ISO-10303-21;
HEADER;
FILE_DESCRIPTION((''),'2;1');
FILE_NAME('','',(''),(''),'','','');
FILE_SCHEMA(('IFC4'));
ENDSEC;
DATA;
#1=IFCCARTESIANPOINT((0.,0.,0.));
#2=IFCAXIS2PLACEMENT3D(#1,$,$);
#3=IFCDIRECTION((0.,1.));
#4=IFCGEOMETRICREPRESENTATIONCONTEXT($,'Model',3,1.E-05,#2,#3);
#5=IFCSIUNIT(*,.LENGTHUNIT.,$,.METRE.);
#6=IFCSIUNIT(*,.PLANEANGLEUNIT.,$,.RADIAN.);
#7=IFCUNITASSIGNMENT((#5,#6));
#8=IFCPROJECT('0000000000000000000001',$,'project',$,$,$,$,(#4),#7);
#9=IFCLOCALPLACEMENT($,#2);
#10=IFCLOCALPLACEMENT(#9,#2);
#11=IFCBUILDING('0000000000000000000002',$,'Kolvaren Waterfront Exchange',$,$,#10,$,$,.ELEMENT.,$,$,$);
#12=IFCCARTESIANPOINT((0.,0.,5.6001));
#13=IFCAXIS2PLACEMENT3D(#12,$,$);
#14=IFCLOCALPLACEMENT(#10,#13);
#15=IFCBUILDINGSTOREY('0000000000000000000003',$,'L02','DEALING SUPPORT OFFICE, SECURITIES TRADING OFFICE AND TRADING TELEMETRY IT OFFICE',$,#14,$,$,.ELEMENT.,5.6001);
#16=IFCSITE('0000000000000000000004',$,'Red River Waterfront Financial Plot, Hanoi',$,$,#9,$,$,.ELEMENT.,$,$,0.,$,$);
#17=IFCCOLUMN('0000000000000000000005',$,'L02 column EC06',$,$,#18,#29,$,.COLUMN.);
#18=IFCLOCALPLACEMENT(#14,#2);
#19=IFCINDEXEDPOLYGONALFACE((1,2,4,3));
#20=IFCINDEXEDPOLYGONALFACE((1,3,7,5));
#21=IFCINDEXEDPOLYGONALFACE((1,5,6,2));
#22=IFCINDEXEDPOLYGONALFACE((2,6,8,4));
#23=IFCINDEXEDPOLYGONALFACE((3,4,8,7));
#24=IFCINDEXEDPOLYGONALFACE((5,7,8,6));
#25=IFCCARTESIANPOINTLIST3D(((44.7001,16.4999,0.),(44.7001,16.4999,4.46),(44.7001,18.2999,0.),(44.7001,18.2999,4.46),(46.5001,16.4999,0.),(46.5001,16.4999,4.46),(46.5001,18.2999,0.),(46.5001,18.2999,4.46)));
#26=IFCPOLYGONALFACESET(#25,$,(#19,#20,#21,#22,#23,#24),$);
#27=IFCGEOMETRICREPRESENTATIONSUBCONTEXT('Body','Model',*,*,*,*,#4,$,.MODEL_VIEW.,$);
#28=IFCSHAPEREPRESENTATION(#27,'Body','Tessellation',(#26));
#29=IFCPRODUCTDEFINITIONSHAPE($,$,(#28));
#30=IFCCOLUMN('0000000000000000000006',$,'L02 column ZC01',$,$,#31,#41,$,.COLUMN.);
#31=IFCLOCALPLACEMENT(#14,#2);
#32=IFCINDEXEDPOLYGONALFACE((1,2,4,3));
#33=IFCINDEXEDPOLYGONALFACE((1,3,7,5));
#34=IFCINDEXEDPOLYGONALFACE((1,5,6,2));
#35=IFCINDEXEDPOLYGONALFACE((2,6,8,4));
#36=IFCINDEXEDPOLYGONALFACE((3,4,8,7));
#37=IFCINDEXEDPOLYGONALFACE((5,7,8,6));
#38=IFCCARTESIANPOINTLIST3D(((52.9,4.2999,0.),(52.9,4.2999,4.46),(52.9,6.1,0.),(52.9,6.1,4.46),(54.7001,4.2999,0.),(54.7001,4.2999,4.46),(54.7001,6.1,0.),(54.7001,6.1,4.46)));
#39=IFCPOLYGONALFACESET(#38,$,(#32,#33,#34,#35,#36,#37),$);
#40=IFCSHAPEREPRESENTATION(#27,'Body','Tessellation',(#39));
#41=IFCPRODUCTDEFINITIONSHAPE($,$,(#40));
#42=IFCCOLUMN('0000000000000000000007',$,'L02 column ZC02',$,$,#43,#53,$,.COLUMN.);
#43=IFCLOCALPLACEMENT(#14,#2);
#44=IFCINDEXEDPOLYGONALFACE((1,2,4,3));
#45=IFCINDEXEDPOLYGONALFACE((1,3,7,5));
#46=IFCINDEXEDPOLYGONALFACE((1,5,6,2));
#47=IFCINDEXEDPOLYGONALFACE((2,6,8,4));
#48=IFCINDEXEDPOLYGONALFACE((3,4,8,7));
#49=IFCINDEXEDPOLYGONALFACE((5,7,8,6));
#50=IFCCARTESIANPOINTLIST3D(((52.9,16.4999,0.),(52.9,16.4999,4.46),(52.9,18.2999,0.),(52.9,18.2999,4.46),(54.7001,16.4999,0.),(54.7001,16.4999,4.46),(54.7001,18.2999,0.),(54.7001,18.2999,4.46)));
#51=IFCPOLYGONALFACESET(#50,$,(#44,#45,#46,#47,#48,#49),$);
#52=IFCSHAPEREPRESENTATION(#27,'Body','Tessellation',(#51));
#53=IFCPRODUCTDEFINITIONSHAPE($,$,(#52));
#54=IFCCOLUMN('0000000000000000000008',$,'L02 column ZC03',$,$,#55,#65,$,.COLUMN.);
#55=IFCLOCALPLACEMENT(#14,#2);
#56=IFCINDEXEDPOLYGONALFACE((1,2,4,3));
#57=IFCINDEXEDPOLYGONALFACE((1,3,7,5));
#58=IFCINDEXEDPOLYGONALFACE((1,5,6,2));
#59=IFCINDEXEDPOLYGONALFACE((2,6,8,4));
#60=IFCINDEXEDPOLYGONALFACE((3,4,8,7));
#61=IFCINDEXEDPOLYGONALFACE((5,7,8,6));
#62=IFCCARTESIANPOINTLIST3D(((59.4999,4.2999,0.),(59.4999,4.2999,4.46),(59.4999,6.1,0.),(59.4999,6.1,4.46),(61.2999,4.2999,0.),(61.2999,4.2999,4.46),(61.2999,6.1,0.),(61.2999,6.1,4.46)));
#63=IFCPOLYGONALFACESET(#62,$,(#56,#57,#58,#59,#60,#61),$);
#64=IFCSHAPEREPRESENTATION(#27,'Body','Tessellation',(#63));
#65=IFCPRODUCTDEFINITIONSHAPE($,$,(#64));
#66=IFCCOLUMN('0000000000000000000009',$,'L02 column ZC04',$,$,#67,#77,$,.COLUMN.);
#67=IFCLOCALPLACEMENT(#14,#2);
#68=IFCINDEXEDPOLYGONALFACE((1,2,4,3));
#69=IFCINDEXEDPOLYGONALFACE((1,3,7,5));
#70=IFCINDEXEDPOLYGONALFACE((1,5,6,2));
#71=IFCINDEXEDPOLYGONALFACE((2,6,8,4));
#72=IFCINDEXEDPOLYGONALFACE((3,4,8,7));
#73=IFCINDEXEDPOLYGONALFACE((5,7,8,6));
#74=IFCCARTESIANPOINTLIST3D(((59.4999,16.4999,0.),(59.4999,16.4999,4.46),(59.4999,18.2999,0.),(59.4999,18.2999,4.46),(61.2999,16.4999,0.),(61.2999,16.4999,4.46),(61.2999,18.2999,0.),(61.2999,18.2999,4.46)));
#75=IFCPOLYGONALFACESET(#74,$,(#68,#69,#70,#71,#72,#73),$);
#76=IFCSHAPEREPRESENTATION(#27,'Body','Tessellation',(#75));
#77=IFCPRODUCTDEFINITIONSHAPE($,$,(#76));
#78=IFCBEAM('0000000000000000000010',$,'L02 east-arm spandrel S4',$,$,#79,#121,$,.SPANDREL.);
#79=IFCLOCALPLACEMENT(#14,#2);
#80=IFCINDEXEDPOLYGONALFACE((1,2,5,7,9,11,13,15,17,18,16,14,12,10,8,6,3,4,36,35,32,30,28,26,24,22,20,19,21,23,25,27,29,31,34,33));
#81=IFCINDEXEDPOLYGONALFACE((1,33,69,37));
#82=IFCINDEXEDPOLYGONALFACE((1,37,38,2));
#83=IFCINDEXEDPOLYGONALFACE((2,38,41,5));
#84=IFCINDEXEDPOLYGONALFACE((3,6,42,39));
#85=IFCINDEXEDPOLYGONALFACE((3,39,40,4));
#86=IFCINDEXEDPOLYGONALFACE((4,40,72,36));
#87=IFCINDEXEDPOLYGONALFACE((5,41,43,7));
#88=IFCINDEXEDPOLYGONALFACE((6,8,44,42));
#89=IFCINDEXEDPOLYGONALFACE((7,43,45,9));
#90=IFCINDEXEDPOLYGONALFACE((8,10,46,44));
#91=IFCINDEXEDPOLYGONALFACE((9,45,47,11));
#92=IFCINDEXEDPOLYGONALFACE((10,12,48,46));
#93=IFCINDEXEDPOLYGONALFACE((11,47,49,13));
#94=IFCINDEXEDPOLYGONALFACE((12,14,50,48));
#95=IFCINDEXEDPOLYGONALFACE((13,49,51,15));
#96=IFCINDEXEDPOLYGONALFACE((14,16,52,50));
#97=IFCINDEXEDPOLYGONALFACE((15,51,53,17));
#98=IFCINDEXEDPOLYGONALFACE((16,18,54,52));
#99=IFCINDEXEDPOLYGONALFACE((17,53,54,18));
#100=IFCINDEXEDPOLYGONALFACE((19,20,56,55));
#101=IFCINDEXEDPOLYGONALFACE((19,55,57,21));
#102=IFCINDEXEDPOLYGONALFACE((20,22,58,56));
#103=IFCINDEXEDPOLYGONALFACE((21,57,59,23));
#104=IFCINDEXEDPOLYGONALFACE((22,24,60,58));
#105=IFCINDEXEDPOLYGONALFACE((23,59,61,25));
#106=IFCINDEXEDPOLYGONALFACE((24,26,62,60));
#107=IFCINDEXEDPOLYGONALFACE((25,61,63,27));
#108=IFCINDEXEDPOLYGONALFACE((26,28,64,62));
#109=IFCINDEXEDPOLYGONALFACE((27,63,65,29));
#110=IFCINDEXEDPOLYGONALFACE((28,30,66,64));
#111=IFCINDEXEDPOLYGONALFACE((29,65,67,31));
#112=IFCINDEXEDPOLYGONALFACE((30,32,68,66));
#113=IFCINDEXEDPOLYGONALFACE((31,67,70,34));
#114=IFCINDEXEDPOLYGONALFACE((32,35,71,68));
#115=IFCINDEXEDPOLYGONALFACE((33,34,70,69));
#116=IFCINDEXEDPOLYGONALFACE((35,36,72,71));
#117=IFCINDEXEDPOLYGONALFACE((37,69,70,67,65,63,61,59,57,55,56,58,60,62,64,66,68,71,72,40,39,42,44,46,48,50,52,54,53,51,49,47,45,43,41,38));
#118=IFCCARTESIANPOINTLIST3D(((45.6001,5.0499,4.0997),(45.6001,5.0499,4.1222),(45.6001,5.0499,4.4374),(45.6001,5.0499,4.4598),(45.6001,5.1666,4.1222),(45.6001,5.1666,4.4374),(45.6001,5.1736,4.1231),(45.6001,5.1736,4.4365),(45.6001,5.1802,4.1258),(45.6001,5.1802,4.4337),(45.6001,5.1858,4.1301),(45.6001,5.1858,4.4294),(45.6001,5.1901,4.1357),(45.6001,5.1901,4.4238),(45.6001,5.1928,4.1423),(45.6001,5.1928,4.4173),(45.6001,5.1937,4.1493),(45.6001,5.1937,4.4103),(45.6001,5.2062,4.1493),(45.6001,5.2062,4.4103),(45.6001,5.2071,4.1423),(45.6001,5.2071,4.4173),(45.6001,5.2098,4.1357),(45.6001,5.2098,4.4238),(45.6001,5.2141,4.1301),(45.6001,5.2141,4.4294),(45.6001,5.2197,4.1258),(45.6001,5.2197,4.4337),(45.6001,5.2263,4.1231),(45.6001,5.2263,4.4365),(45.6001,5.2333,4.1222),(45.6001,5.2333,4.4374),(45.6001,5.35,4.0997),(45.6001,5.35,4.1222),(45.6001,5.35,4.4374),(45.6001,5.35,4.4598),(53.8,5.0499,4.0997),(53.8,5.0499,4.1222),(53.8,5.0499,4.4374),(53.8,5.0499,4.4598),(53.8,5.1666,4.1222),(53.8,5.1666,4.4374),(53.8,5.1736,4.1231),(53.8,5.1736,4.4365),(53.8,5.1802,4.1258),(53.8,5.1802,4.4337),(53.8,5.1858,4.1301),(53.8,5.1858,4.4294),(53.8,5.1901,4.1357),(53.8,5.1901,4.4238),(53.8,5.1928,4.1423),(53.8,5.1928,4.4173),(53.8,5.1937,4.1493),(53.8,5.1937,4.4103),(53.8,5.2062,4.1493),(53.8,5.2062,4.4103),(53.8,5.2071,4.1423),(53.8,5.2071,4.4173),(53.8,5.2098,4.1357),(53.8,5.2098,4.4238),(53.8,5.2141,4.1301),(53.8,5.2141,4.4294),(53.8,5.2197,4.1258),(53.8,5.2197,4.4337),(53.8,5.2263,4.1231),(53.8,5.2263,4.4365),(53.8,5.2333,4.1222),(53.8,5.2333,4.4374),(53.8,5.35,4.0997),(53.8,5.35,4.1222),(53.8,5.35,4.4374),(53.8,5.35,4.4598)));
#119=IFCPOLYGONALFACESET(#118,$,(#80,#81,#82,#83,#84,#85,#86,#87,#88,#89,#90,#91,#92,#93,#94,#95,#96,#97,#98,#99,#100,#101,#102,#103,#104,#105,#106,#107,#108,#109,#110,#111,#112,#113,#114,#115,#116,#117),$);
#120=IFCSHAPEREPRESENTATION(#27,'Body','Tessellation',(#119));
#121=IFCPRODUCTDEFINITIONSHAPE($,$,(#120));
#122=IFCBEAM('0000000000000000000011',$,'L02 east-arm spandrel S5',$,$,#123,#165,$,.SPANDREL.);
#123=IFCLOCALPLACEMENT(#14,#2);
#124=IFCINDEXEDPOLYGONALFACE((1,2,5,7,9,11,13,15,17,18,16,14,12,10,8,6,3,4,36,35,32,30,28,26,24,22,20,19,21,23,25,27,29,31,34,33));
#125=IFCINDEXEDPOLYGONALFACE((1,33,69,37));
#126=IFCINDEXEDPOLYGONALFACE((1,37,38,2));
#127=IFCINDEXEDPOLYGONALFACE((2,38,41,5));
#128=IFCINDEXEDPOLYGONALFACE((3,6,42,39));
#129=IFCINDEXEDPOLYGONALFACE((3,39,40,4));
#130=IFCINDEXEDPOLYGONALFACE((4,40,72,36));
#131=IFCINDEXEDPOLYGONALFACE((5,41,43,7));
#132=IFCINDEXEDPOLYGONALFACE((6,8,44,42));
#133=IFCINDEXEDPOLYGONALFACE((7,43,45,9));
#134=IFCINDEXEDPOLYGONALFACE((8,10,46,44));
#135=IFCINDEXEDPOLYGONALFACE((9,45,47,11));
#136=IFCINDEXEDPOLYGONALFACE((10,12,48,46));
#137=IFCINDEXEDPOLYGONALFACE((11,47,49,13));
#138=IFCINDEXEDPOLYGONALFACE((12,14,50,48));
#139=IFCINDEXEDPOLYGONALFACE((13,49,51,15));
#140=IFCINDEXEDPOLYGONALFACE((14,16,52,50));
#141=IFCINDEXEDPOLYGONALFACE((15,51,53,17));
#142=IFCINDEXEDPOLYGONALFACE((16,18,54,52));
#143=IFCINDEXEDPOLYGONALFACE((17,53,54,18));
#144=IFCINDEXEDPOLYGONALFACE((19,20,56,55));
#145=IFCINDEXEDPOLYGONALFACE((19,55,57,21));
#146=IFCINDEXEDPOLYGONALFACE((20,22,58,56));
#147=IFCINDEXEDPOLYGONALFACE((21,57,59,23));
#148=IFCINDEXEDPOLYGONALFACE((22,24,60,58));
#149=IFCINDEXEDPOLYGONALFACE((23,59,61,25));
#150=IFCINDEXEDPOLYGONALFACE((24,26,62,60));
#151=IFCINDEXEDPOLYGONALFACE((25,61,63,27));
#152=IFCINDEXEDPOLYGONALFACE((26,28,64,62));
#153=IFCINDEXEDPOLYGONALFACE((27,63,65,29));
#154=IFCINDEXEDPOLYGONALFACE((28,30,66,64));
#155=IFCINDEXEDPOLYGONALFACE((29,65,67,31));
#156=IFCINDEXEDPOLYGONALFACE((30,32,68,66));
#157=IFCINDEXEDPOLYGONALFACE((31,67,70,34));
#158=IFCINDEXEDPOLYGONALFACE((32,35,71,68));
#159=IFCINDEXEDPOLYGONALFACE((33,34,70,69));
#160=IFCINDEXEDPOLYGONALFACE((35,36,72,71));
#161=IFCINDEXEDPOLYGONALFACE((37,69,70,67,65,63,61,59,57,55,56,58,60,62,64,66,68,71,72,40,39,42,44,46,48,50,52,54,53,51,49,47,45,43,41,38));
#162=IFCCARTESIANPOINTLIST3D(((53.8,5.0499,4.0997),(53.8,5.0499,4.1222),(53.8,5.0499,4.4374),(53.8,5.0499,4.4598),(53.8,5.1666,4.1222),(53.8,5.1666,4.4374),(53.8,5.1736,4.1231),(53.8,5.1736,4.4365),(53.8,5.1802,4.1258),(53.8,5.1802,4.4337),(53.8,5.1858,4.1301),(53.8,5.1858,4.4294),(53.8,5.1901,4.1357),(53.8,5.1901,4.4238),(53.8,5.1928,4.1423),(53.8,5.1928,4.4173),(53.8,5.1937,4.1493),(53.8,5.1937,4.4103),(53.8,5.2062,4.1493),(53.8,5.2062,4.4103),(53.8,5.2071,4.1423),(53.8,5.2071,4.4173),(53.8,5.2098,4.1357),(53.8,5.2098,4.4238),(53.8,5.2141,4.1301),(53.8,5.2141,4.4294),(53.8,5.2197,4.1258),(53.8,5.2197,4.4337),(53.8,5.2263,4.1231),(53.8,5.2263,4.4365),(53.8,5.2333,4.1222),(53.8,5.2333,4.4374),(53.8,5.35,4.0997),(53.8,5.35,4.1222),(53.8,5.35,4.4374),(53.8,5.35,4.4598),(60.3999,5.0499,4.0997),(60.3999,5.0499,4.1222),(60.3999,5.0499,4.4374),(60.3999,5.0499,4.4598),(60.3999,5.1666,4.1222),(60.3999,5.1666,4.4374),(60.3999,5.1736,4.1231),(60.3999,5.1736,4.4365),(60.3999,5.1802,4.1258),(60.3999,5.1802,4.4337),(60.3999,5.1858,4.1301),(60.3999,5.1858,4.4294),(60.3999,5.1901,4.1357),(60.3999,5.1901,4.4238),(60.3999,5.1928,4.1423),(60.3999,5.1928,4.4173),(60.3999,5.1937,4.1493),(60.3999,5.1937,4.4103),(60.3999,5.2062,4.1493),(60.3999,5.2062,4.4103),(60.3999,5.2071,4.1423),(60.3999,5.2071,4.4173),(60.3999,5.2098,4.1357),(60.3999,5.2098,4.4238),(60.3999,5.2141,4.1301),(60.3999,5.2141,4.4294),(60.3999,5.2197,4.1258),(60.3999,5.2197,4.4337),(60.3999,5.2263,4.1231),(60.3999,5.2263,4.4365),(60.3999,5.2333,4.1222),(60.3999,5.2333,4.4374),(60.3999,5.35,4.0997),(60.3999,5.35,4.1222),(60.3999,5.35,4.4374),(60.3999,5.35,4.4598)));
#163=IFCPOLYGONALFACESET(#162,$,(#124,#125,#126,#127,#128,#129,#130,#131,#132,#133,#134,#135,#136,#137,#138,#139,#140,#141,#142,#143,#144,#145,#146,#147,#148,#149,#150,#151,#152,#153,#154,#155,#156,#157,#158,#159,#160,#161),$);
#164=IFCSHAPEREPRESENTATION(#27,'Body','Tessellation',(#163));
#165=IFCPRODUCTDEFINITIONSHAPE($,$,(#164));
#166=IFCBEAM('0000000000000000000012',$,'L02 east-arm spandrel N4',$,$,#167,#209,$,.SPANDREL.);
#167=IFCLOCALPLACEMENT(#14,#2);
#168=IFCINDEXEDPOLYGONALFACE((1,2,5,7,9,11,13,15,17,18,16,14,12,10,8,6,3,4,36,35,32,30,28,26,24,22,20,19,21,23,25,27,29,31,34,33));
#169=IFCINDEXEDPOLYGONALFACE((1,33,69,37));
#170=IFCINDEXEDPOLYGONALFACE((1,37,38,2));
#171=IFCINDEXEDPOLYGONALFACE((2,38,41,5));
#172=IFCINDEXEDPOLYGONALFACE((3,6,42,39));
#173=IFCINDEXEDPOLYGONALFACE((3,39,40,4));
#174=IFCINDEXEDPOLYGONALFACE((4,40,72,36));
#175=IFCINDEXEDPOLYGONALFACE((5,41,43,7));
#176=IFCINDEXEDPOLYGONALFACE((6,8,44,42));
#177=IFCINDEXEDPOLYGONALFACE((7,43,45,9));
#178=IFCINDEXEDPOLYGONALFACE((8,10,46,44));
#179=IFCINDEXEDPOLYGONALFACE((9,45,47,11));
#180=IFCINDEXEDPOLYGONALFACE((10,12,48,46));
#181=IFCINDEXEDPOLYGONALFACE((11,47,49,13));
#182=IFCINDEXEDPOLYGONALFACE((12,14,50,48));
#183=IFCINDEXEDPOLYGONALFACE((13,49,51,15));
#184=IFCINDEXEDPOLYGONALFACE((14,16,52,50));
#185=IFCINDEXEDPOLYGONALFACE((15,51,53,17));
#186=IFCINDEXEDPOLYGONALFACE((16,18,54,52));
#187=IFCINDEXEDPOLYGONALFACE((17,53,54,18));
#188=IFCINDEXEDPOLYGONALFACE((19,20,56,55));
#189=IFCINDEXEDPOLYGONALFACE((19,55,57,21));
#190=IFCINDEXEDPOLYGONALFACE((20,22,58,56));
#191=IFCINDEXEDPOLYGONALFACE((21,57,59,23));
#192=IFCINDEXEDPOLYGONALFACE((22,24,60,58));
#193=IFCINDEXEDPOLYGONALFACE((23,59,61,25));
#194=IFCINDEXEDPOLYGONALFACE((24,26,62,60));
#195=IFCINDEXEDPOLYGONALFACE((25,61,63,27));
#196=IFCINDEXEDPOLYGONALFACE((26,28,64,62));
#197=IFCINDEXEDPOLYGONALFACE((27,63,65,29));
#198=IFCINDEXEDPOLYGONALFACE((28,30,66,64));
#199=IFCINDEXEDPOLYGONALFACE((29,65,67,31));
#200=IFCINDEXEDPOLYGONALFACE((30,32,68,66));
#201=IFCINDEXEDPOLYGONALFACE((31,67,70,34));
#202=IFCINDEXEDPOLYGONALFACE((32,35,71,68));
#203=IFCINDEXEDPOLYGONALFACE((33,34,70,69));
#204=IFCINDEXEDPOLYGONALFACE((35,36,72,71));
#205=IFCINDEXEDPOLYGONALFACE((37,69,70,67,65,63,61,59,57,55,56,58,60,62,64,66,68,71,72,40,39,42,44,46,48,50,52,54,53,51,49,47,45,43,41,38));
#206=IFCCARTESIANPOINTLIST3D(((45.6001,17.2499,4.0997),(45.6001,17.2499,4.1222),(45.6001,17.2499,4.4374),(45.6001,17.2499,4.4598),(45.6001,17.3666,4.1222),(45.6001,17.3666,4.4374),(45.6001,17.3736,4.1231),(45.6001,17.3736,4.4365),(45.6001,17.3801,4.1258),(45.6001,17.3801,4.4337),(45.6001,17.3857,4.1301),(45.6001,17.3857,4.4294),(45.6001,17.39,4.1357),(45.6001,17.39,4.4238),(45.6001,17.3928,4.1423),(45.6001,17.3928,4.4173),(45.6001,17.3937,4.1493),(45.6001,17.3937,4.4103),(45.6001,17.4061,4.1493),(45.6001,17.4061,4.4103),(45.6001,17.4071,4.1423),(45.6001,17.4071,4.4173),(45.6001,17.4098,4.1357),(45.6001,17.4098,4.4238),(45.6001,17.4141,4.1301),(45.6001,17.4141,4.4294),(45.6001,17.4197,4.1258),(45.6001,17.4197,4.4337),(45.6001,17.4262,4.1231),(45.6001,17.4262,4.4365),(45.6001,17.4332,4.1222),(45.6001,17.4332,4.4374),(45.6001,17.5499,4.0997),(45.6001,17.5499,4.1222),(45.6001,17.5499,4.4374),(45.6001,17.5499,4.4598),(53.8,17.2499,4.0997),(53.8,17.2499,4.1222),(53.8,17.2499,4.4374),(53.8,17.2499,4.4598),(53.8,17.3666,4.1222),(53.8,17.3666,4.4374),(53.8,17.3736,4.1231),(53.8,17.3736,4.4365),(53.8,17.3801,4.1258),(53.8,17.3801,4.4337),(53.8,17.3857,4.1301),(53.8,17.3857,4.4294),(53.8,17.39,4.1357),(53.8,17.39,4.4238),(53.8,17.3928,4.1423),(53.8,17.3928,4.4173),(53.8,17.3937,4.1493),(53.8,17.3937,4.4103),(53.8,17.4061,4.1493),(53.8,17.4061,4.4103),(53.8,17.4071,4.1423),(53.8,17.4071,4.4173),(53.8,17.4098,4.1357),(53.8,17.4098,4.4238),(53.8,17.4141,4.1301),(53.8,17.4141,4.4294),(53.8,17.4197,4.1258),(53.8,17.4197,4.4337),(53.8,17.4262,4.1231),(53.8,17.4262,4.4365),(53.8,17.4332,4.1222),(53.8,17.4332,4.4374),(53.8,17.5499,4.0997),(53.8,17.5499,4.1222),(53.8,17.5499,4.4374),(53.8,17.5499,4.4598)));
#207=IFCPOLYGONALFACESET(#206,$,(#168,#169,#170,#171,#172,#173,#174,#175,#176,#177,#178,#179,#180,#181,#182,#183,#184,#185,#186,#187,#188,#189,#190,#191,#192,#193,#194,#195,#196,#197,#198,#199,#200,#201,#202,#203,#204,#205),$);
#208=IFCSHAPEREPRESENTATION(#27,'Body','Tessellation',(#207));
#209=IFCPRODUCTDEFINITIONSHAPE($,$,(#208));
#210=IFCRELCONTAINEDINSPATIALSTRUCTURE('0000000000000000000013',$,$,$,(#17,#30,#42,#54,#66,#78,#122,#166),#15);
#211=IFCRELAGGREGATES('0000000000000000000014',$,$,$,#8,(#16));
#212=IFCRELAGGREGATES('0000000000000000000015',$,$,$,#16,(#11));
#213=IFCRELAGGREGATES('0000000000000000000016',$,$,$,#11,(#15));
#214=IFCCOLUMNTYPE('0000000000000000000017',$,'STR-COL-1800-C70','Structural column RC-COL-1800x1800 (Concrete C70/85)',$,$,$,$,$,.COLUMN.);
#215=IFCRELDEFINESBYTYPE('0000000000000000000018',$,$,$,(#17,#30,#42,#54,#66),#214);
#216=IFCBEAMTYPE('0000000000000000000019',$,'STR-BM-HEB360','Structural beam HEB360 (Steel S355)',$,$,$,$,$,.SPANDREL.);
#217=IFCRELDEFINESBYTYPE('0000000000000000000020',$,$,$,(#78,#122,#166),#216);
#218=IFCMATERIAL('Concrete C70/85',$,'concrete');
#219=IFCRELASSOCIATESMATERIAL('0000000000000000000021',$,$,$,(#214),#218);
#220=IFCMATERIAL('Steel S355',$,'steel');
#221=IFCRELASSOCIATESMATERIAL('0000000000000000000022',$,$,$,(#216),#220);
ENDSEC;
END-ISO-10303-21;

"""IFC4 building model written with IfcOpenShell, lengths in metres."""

from ifc_helpers import new_model, si_unit, direction, frame, origin, origin_2d, place, context, subcontext, project, spatial, rectangle, i_section, extrude, material, material_profile, profile_set, type_object, element, save


model = new_model("IFC4")

# Units and contexts
model_context = context("Model", 3, precision=1e-05, world=origin(), true_north=direction((0.0, 1.0)))
body_context = subcontext(model_context, "Body", "Model", "MODEL_VIEW")
ifc_project = project(units=[si_unit("LENGTHUNIT", "METRE"), si_unit("PLANEANGLEUNIT", "RADIAN")], contexts=[model_context])

# Site, building, storey
site_placement = place(None, origin())
site = spatial("IfcSite", under=ifc_project, at=site_placement, Name="Red River Waterfront Financial Plot, Hanoi", CompositionType="ELEMENT", RefElevation=0.0)
building_placement = place(site_placement, origin())
building = spatial("IfcBuilding", under=site, at=building_placement, Name="Kolvaren Waterfront Exchange", CompositionType="ELEMENT")
storey_placement = place(building_placement, frame((0.0, 0.0, 5.6001)))
storey = spatial("IfcBuildingStorey", under=building, at=storey_placement, Name="L02", Description="DEALING SUPPORT OFFICE, SECURITIES TRADING OFFICE AND TRADING TELEMETRY IT OFFICE", CompositionType="ELEMENT", Elevation=5.6001)

# Columns
ifc_material_1 = material(Name="Concrete C70/85", Category="concrete")
ifc_material_profile_1 = material_profile(ifc_material_1, rectangle(XDim=1.8, YDim=1.8, at=origin_2d()), Name="RC-COL-1800x1800")
ifc_profile_set_1 = profile_set([ifc_material_profile_1], Name="Concrete C70/85")
column_type = type_object("IfcColumnType", Name="STR-COL-1800-C70", Description="Structural column RC-COL-1800x1800 (Concrete C70/85)", PredefinedType="COLUMN", material=ifc_profile_set_1)
for number, where, z_axis, x_axis, name in (
    (1, (45.6001, 17.3999, 0.0), (0.0, 0.0, 1.0), (1.0, 0.0, 0.0), "L02 column EC06"),
    (2, (53.8, 5.2, 0.0), (0.0, 0.0, 1.0), (1.0, 0.0, 0.0), "L02 column ZC01"),
    (3, (53.8, 17.3999, 0.0), (0.0, 0.0, 1.0), (1.0, 0.0, 0.0), "L02 column ZC02"),
    (4, (60.3999, 5.2, 0.0), (0.0, 0.0, 1.0), (1.0, 0.0, 0.0), "L02 column ZC03"),
    (5, (60.3999, 17.3999, 0.0), (0.0, 0.0, 1.0), (1.0, 0.0, 0.0), "L02 column ZC04"),
):
    element("IfcColumn", number, at=place(storey_placement, frame(where, z_axis=z_axis, x_axis=x_axis)), inside=storey, type_object=column_type, Name=name, PredefinedType="COLUMN", context=body_context, shape_type="SweptSolid", body=[
        extrude(rectangle(XDim=1.8, YDim=1.8, at=origin_2d()), origin(), (0.0, 0.0, 1.0), 4.46),
    ])

# Beams
ifc_material_2 = material(Name="Steel S355", Category="steel")
ifc_material_profile_2 = material_profile(ifc_material_2, i_section(OverallWidth=0.3, OverallDepth=0.3601, WebThickness=0.0125, FlangeThickness=0.0225, FilletRadius=0.0271, at=origin_2d()), Name="HEB360")
ifc_profile_set_2 = profile_set([ifc_material_profile_2], Name="Steel S355")
beam_type_1 = type_object("IfcBeamType", Name="STR-BM-HEB360", Description="Structural beam HEB360 (Steel S355)", PredefinedType="SPANDREL", material=ifc_profile_set_2)
beam_1_placement = place(storey_placement, frame((45.6001, 5.2, 4.2798), z_axis=(1.0, 0.0, 0.0), x_axis=(0.0, 1.0, 0.0)))
element("IfcBeam", 6, at=beam_1_placement, inside=storey, type_object=beam_type_1, Name="L02 east-arm spandrel S4", PredefinedType="SPANDREL", context=body_context, shape_type="SweptSolid", body=[
    extrude(i_section(OverallWidth=0.3, OverallDepth=0.3601, WebThickness=0.0125, FlangeThickness=0.0225, FilletRadius=0.0271, at=origin_2d()), origin(), (0.0, 0.0, 1.0), 8.2),
])
beam_2_placement = place(storey_placement, frame((53.8, 5.2, 4.2798), z_axis=(1.0, 0.0, 0.0), x_axis=(0.0, 1.0, 0.0)))
element("IfcBeam", 7, at=beam_2_placement, inside=storey, type_object=beam_type_1, Name="L02 east-arm spandrel S5", PredefinedType="SPANDREL", context=body_context, shape_type="SweptSolid", body=[
    extrude(i_section(OverallWidth=0.3, OverallDepth=0.3601, WebThickness=0.0125, FlangeThickness=0.0225, FilletRadius=0.0271, at=origin_2d()), origin(), (0.0, 0.0, 1.0), 6.5999),
])
beam_3_placement = place(storey_placement, frame((45.6001, 17.3999, 4.2798), z_axis=(1.0, 0.0, 0.0), x_axis=(0.0, 1.0, 0.0)))
element("IfcBeam", 8, at=beam_3_placement, inside=storey, type_object=beam_type_1, Name="L02 east-arm spandrel N4", PredefinedType="SPANDREL", context=body_context, shape_type="SweptSolid", body=[
    extrude(i_section(OverallWidth=0.3, OverallDepth=0.3601, WebThickness=0.0125, FlangeThickness=0.0225, FilletRadius=0.0271, at=origin_2d()), origin(), (0.0, 0.0, 1.0), 8.2),
])

save(model, "model.ifc")
